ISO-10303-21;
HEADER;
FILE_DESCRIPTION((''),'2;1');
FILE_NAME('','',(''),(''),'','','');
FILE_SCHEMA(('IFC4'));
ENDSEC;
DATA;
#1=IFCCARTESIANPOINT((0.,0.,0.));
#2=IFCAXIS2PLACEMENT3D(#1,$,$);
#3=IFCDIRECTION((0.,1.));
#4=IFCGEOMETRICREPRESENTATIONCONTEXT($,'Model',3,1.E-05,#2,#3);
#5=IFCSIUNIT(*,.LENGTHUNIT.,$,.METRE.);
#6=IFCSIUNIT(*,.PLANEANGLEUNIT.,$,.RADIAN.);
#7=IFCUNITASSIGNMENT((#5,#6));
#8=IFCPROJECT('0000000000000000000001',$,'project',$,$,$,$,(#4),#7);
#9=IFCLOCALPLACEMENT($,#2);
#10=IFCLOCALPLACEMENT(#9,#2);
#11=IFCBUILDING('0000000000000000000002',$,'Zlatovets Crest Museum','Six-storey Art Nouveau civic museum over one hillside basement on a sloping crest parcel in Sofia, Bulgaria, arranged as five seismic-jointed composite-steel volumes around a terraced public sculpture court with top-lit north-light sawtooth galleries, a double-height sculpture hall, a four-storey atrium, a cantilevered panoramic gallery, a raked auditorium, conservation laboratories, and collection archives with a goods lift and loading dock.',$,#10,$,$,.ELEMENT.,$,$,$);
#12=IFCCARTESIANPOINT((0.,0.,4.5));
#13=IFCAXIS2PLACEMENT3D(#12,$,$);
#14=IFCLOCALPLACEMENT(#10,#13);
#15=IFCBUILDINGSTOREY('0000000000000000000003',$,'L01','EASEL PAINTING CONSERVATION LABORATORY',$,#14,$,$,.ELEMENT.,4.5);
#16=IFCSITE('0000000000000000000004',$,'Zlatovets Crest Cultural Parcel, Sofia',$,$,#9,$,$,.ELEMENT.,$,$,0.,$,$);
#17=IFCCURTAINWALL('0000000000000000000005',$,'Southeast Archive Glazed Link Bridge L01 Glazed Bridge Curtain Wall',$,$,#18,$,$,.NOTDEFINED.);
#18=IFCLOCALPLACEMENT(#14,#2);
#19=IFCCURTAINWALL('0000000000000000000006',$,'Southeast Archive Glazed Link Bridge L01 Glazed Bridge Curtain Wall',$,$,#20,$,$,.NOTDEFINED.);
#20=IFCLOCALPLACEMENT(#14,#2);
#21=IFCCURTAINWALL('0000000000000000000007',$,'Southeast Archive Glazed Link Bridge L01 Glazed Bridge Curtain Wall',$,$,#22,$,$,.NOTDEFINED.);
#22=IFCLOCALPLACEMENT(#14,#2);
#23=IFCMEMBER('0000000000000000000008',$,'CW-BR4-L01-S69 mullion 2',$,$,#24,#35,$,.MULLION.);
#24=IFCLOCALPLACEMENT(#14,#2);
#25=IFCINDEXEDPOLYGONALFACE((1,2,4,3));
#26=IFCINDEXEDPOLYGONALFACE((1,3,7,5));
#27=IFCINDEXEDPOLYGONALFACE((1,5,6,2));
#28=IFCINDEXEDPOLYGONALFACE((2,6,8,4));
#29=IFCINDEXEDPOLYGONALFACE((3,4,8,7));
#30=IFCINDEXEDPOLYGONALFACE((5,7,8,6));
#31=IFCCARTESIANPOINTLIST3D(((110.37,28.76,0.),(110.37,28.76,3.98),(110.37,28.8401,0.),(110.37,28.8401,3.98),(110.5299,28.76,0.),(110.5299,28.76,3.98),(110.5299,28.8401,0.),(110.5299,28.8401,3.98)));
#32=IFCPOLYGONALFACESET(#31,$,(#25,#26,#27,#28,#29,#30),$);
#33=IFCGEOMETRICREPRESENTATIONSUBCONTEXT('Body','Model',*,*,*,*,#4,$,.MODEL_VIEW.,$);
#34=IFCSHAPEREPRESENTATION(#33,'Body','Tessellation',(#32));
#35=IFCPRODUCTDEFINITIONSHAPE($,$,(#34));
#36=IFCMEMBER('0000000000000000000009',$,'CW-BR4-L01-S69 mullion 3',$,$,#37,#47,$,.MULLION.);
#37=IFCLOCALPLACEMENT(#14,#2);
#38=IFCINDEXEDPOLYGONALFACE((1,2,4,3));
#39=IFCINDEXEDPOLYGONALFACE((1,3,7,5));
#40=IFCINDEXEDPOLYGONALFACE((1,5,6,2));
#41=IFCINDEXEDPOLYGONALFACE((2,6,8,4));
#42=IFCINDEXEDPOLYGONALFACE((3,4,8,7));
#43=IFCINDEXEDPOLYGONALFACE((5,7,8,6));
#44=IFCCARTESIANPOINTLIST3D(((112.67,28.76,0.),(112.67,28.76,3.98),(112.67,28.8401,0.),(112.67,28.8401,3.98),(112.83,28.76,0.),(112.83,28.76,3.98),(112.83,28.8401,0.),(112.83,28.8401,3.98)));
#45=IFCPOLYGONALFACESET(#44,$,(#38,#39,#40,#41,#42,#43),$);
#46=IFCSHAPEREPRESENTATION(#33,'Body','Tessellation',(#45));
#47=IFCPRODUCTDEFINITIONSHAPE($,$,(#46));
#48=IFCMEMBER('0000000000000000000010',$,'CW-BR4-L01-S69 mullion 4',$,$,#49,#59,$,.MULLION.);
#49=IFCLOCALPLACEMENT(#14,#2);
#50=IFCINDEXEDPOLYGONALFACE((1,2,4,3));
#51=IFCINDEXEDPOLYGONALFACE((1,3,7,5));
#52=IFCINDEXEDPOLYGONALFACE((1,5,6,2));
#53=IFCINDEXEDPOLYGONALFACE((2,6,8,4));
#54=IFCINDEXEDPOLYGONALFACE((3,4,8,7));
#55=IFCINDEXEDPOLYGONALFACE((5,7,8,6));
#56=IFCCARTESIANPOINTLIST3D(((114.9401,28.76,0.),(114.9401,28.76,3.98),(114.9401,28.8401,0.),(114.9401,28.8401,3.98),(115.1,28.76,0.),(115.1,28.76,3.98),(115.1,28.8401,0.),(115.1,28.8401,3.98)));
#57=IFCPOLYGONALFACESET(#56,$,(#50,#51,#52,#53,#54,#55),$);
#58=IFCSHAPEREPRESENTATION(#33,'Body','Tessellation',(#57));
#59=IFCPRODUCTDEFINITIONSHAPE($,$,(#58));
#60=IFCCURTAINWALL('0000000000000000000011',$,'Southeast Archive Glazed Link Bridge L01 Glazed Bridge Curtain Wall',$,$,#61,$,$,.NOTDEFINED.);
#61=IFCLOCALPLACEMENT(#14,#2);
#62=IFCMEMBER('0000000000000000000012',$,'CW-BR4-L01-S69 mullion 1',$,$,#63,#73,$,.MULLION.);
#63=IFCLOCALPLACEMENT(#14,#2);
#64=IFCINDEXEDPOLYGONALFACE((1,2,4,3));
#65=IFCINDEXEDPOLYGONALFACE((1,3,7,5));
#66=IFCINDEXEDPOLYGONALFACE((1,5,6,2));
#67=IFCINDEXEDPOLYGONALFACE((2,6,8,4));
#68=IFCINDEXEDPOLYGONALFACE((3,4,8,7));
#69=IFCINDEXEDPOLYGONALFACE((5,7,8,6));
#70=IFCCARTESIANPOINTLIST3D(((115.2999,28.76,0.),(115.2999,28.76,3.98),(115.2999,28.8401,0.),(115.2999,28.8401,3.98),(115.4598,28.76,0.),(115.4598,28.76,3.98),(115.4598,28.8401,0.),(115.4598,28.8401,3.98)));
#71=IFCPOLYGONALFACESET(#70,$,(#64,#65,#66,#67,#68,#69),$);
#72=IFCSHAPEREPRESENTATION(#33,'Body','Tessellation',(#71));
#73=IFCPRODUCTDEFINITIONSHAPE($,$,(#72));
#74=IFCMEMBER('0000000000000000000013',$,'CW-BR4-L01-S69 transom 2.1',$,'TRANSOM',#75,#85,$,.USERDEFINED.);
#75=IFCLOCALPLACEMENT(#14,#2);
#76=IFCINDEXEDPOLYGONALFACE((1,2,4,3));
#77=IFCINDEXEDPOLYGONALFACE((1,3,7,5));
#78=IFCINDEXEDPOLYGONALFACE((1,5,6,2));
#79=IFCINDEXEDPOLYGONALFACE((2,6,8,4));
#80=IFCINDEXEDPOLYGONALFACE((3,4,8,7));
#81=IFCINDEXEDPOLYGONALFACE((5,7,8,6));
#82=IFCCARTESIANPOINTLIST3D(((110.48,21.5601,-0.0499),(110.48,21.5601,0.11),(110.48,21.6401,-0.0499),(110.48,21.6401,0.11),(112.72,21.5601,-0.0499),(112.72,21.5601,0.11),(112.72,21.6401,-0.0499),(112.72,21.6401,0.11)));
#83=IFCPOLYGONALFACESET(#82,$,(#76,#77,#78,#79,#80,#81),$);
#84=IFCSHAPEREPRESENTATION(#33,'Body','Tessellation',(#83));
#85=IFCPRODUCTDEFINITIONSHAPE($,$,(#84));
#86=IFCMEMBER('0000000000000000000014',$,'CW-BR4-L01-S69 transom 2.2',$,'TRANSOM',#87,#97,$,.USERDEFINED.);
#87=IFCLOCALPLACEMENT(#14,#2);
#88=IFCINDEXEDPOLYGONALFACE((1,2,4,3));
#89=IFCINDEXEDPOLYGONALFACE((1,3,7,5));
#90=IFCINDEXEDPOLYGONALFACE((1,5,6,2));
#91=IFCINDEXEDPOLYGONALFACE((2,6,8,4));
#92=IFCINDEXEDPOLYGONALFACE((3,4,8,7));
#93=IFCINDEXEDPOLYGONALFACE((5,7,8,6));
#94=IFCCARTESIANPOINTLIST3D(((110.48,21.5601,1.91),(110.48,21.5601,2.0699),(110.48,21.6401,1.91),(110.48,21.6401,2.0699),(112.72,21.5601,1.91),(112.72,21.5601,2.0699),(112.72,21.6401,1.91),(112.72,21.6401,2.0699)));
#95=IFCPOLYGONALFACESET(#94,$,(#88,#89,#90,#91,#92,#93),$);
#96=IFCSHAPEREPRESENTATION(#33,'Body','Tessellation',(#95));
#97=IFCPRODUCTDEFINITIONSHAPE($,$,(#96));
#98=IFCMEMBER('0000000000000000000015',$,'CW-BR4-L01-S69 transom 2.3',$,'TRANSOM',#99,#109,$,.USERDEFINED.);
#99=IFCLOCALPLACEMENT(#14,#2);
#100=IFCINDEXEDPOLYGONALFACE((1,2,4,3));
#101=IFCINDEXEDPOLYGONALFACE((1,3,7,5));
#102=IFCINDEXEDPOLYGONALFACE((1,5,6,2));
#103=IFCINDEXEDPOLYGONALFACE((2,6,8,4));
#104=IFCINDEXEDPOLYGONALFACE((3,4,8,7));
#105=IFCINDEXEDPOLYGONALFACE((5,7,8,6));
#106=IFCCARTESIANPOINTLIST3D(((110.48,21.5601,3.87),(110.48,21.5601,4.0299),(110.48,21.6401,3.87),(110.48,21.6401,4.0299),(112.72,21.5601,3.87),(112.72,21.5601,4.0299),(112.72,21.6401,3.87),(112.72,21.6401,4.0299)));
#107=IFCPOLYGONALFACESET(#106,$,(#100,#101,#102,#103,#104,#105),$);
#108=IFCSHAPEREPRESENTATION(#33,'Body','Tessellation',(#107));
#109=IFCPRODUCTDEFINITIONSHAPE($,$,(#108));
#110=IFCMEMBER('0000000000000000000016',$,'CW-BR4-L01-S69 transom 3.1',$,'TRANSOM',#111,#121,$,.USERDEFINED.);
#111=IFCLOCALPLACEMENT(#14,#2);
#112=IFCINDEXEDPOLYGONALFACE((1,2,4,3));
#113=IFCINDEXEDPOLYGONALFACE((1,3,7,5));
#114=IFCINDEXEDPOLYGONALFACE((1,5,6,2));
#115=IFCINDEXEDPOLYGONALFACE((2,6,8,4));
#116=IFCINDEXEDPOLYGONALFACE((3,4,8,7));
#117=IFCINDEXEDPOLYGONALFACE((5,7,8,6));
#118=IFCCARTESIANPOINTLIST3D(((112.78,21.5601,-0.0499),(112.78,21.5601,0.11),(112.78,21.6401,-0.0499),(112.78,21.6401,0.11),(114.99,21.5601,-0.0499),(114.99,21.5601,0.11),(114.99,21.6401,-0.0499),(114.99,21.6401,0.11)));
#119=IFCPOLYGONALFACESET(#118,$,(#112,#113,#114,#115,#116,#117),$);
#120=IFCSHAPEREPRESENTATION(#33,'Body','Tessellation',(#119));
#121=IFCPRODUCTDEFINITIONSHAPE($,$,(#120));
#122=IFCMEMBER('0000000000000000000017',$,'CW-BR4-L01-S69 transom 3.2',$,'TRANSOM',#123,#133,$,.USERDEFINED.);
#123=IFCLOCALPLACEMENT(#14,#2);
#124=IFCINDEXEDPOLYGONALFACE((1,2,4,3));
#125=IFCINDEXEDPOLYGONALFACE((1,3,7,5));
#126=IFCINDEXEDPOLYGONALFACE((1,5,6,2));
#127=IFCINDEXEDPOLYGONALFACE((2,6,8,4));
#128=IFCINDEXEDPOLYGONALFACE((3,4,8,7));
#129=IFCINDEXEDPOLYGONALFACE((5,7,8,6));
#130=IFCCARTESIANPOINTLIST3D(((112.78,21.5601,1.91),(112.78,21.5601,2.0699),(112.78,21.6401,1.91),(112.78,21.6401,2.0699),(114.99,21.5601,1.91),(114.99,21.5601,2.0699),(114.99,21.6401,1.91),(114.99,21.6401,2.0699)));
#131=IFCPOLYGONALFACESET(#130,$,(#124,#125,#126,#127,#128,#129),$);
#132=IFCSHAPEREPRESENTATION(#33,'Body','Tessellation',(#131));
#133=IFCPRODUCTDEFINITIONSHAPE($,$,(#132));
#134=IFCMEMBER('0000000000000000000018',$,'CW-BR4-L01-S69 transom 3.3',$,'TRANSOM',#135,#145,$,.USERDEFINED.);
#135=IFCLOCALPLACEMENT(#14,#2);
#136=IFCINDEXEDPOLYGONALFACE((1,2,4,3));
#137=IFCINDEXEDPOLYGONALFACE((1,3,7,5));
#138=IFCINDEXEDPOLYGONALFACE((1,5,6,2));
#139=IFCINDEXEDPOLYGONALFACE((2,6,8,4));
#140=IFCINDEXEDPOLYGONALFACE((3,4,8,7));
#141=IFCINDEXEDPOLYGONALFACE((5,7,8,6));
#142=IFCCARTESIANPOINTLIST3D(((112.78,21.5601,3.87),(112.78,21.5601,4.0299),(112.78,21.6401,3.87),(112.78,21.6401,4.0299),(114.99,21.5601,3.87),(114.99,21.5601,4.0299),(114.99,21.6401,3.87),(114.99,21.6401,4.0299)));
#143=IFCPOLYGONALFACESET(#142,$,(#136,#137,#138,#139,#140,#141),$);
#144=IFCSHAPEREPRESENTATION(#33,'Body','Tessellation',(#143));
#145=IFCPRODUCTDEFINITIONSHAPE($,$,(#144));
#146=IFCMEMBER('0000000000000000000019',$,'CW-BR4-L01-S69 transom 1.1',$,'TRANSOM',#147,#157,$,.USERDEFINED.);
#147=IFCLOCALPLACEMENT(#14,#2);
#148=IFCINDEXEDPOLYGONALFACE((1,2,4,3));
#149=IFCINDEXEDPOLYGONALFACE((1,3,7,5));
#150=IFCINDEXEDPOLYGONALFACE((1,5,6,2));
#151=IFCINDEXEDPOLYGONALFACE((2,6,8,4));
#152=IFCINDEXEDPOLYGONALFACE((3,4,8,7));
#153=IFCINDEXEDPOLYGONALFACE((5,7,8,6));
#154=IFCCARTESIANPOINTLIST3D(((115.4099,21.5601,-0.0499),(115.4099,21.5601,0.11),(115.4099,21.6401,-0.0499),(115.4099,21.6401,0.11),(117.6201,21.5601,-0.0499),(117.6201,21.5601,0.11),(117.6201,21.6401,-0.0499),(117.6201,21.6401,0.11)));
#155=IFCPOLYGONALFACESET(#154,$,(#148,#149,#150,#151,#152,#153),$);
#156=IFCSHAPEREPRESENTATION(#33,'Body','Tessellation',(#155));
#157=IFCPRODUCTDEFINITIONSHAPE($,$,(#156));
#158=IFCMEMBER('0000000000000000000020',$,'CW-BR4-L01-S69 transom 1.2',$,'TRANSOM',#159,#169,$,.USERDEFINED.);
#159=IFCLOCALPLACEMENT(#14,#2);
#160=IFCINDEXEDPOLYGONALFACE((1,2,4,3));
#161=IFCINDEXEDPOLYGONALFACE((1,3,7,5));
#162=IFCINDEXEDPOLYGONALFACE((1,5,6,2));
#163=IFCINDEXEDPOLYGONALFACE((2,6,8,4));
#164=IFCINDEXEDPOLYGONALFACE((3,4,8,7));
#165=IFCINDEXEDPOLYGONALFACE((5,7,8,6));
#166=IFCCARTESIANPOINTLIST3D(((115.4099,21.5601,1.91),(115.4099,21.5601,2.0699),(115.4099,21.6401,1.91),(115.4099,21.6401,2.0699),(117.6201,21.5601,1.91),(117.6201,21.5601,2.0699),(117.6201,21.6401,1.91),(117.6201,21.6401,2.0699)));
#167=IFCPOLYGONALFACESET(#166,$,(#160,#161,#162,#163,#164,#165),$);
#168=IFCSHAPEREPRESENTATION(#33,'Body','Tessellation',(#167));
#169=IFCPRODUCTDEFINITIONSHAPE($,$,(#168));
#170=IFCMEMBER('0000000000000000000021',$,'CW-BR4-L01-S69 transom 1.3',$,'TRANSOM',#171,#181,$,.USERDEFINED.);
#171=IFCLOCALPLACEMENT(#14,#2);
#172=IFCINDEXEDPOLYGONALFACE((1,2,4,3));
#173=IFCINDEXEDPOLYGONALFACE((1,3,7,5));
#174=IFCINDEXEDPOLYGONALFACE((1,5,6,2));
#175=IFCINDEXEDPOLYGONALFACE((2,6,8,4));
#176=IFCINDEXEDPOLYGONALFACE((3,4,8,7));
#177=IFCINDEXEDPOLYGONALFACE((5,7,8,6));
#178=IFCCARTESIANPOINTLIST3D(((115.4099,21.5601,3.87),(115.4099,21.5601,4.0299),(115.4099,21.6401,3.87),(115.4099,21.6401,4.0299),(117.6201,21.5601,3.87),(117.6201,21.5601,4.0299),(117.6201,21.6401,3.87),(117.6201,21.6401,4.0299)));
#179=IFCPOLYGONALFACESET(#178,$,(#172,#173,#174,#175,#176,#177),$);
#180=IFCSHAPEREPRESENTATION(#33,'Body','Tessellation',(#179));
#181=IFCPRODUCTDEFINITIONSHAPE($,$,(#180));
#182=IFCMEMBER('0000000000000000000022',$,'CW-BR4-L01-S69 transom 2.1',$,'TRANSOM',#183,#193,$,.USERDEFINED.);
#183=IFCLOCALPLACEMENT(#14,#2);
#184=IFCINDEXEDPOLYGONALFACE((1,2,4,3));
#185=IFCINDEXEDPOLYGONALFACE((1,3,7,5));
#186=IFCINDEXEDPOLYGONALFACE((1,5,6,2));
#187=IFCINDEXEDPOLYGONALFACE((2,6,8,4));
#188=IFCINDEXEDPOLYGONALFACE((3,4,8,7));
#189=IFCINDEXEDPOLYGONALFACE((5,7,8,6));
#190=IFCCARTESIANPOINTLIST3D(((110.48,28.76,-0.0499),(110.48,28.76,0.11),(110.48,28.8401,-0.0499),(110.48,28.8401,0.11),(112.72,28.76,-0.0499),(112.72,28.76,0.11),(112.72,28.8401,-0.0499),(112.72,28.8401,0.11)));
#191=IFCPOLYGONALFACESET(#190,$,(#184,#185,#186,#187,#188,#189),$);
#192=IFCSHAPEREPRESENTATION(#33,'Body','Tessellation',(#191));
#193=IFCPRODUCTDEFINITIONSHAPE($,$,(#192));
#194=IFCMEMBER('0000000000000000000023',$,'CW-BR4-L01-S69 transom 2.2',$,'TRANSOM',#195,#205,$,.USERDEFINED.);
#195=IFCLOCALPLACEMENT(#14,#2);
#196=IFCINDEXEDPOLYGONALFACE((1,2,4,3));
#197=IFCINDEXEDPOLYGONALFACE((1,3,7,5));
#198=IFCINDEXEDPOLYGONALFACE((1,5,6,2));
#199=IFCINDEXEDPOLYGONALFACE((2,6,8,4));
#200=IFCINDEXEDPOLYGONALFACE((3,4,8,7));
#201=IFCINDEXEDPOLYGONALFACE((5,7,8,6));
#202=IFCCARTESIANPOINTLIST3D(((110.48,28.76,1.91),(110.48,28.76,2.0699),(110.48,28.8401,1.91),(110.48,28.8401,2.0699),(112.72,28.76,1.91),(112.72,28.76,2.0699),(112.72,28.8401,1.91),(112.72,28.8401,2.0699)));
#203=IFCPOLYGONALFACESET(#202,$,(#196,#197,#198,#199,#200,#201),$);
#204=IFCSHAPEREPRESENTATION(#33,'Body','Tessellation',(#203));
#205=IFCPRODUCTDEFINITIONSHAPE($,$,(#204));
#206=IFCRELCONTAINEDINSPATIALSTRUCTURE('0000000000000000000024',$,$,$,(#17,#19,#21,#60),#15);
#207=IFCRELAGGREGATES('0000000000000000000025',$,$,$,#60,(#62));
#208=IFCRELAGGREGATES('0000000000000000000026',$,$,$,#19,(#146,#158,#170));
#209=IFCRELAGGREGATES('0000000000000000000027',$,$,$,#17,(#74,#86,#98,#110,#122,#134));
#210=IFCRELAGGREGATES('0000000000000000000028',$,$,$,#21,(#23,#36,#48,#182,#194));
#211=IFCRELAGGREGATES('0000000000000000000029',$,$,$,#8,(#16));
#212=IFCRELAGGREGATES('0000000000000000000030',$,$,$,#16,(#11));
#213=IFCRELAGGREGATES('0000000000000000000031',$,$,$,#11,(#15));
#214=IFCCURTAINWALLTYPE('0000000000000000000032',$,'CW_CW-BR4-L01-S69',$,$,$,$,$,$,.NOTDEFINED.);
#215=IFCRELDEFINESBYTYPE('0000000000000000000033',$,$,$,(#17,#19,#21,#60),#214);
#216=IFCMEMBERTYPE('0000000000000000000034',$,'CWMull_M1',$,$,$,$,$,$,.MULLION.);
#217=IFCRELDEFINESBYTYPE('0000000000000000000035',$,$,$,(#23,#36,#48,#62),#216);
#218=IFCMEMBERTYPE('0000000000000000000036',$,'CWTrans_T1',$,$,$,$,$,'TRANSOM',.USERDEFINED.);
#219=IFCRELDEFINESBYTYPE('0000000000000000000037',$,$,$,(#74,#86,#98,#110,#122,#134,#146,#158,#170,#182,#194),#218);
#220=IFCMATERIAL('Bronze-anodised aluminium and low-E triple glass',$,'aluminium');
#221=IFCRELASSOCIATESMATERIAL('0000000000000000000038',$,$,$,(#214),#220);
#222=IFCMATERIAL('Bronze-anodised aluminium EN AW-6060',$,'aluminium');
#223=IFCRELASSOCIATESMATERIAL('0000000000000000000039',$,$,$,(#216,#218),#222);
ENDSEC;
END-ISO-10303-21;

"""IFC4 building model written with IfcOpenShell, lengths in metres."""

from ifc_helpers import new_model, si_unit, direction, frame, origin, origin_2d, place, context, subcontext, project, spatial, rectangle, extrude, material, material_profile, profile_set, type_object, element, aggregate, save


model = new_model("IFC4")

# Units and contexts
model_context = context("Model", 3, precision=1e-05, world=origin(), true_north=direction((0.0, 1.0)))
body_context = subcontext(model_context, "Body", "Model", "MODEL_VIEW")
ifc_project = project(units=[si_unit("LENGTHUNIT", "METRE"), si_unit("PLANEANGLEUNIT", "RADIAN")], contexts=[model_context])

# Site, building, storey
site_placement = place(None, origin())
site = spatial("IfcSite", under=ifc_project, at=site_placement, Name="Zlatovets Crest Cultural Parcel, Sofia", CompositionType="ELEMENT", RefElevation=0.0)
building_placement = place(site_placement, origin())
building = spatial("IfcBuilding", under=site, at=building_placement, Name="Zlatovets Crest Museum", Description="Six-storey Art Nouveau civic museum over one hillside basement on a sloping crest parcel in Sofia, Bulgaria, arranged as five seismic-jointed composite-steel volumes around a terraced public sculpture court with top-lit north-light sawtooth galleries, a double-height sculpture hall, a four-storey atrium, a cantilevered panoramic gallery, a raked auditorium, conservation laboratories, and collection archives with a goods lift and loading dock.", CompositionType="ELEMENT")
storey_placement = place(building_placement, frame((0.0, 0.0, 4.5)))
storey = spatial("IfcBuildingStorey", under=building, at=storey_placement, Name="L01", Description="EASEL PAINTING CONSERVATION LABORATORY", CompositionType="ELEMENT", Elevation=4.5)

# Curtain wall
ifc_material_1 = material(Name="Bronze-anodised aluminium and low-E triple glass", Category="aluminium")
curtain_wall_type = type_object("IfcCurtainWallType", Name="CW_CW-BR4-L01-S69", PredefinedType="NOTDEFINED", material=ifc_material_1)
curtain_wall_1_placement = place(storey_placement, origin())
curtain_wall_1 = element("IfcCurtainWall", 1, at=curtain_wall_1_placement, inside=storey, type_object=curtain_wall_type, Name="Southeast Archive Glazed Link Bridge L01 Glazed Bridge Curtain Wall", PredefinedType="NOTDEFINED")
ifc_material_2 = material(Name="Bronze-anodised aluminium EN AW-6060", Category="aluminium")
ifc_material_profile_1 = material_profile(ifc_material_2, rectangle(XDim=0.0801, YDim=0.1599, at=origin_2d()), Name="ALU 80x160")
ifc_profile_set_1 = profile_set([ifc_material_profile_1], Name="Bronze-anodised aluminium EN AW-6060")
member_type_1 = type_object("IfcMemberType", Name="CWMull_M1", PredefinedType="MULLION", material=ifc_profile_set_1)

# Curtain wall
curtain_wall_2_placement = place(storey_placement, origin())
curtain_wall_2 = element("IfcCurtainWall", 2, at=curtain_wall_2_placement, inside=storey, type_object=curtain_wall_type, Name="Southeast Archive Glazed Link Bridge L01 Glazed Bridge Curtain Wall", PredefinedType="NOTDEFINED")

# Curtain wall, members
curtain_wall_3_placement = place(storey_placement, origin())
curtain_wall_3 = element("IfcCurtainWall", 3, at=curtain_wall_3_placement, inside=storey, type_object=curtain_wall_type, Name="Southeast Archive Glazed Link Bridge L01 Glazed Bridge Curtain Wall", PredefinedType="NOTDEFINED")
member_1_placement = place(storey_placement, frame((110.45, 28.8, 0.0), z_axis=(0.0, 0.0, 1.0), x_axis=(0.0, 1.0, 0.0)))
member_1 = element("IfcMember", 4, at=member_1_placement, type_object=member_type_1, Name="CW-BR4-L01-S69 mullion 2", PredefinedType="MULLION", context=body_context, shape_type="SweptSolid", body=[
    extrude(rectangle(XDim=0.0801, YDim=0.1599, at=origin_2d()), origin(), (0.0, 0.0, 1.0), 3.98),
])
member_2_placement = place(storey_placement, frame((112.75, 28.8, 0.0), z_axis=(0.0, 0.0, 1.0), x_axis=(0.0, 1.0, 0.0)))
member_2 = element("IfcMember", 5, at=member_2_placement, type_object=member_type_1, Name="CW-BR4-L01-S69 mullion 3", PredefinedType="MULLION", context=body_context, shape_type="SweptSolid", body=[
    extrude(rectangle(XDim=0.0801, YDim=0.1599, at=origin_2d()), origin(), (0.0, 0.0, 1.0), 3.98),
])
member_3_placement = place(storey_placement, frame((115.02, 28.8, 0.0), z_axis=(0.0, 0.0, 1.0), x_axis=(0.0, 1.0, 0.0)))
member_3 = element("IfcMember", 6, at=member_3_placement, type_object=member_type_1, Name="CW-BR4-L01-S69 mullion 4", PredefinedType="MULLION", context=body_context, shape_type="SweptSolid", body=[
    extrude(rectangle(XDim=0.0801, YDim=0.1599, at=origin_2d()), origin(), (0.0, 0.0, 1.0), 3.98),
])

# Curtain wall, member
curtain_wall_4_placement = place(storey_placement, origin())
curtain_wall_4 = element("IfcCurtainWall", 7, at=curtain_wall_4_placement, inside=storey, type_object=curtain_wall_type, Name="Southeast Archive Glazed Link Bridge L01 Glazed Bridge Curtain Wall", PredefinedType="NOTDEFINED")
member_4_placement = place(storey_placement, frame((115.3799, 28.8, 0.0), z_axis=(0.0, 0.0, 1.0), x_axis=(0.0, 1.0, 0.0)))
member_4 = element("IfcMember", 8, at=member_4_placement, type_object=member_type_1, Name="CW-BR4-L01-S69 mullion 1", PredefinedType="MULLION", context=body_context, shape_type="SweptSolid", body=[
    extrude(rectangle(XDim=0.0801, YDim=0.1599, at=origin_2d()), origin(), (0.0, 0.0, 1.0), 3.98),
])
aggregate(curtain_wall_4, [member_4])

# Members
ifc_material_profile_2 = material_profile(ifc_material_2, rectangle(XDim=0.0801, YDim=0.1599, at=origin_2d()), Name="ALU 80x160")
ifc_profile_set_2 = profile_set([ifc_material_profile_2], Name="Bronze-anodised aluminium EN AW-6060")
member_type_2 = type_object("IfcMemberType", Name="CWTrans_T1", ElementType="TRANSOM", PredefinedType="USERDEFINED", material=ifc_profile_set_2)
member_5_placement = place(storey_placement, frame((110.48, 21.6001, 0.03), z_axis=(1.0, 0.0, 0.0), x_axis=(0.0, 1.0, 0.0)))
member_5 = element("IfcMember", 9, at=member_5_placement, type_object=member_type_2, Name="CW-BR4-L01-S69 transom 2.1", ObjectType="TRANSOM", PredefinedType="USERDEFINED", context=body_context, shape_type="SweptSolid", body=[
    extrude(rectangle(XDim=0.0801, YDim=0.1599, at=origin_2d()), origin(), (0.0, 0.0, 1.0), 2.24),
])
member_6_placement = place(storey_placement, frame((110.48, 21.6001, 1.99), z_axis=(1.0, 0.0, 0.0), x_axis=(0.0, 1.0, 0.0)))
member_6 = element("IfcMember", 10, at=member_6_placement, type_object=member_type_2, Name="CW-BR4-L01-S69 transom 2.2", ObjectType="TRANSOM", PredefinedType="USERDEFINED", context=body_context, shape_type="SweptSolid", body=[
    extrude(rectangle(XDim=0.0801, YDim=0.1599, at=origin_2d()), origin(), (0.0, 0.0, 1.0), 2.24),
])
member_7_placement = place(storey_placement, frame((110.48, 21.6001, 3.95), z_axis=(1.0, 0.0, 0.0), x_axis=(0.0, 1.0, 0.0)))
member_7 = element("IfcMember", 11, at=member_7_placement, type_object=member_type_2, Name="CW-BR4-L01-S69 transom 2.3", ObjectType="TRANSOM", PredefinedType="USERDEFINED", context=body_context, shape_type="SweptSolid", body=[
    extrude(rectangle(XDim=0.0801, YDim=0.1599, at=origin_2d()), origin(), (0.0, 0.0, 1.0), 2.24),
])
member_8_placement = place(storey_placement, frame((112.78, 21.6001, 0.03), z_axis=(1.0, 0.0, 0.0), x_axis=(0.0, 1.0, 0.0)))
member_8 = element("IfcMember", 12, at=member_8_placement, type_object=member_type_2, Name="CW-BR4-L01-S69 transom 3.1", ObjectType="TRANSOM", PredefinedType="USERDEFINED", context=body_context, shape_type="SweptSolid", body=[
    extrude(rectangle(XDim=0.0801, YDim=0.1599, at=origin_2d()), origin(), (0.0, 0.0, 1.0), 2.21),
])
member_9_placement = place(storey_placement, frame((112.78, 21.6001, 1.99), z_axis=(1.0, 0.0, 0.0), x_axis=(0.0, 1.0, 0.0)))
member_9 = element("IfcMember", 13, at=member_9_placement, type_object=member_type_2, Name="CW-BR4-L01-S69 transom 3.2", ObjectType="TRANSOM", PredefinedType="USERDEFINED", context=body_context, shape_type="SweptSolid", body=[
    extrude(rectangle(XDim=0.0801, YDim=0.1599, at=origin_2d()), origin(), (0.0, 0.0, 1.0), 2.21),
])
member_10_placement = place(storey_placement, frame((112.78, 21.6001, 3.95), z_axis=(1.0, 0.0, 0.0), x_axis=(0.0, 1.0, 0.0)))
member_10 = element("IfcMember", 14, at=member_10_placement, type_object=member_type_2, Name="CW-BR4-L01-S69 transom 3.3", ObjectType="TRANSOM", PredefinedType="USERDEFINED", context=body_context, shape_type="SweptSolid", body=[
    extrude(rectangle(XDim=0.0801, YDim=0.1599, at=origin_2d()), origin(), (0.0, 0.0, 1.0), 2.21),
])
member_11_placement = place(storey_placement, frame((115.4099, 21.6001, 0.03), z_axis=(1.0, 0.0, 0.0), x_axis=(0.0, 1.0, 0.0)))
member_11 = element("IfcMember", 15, at=member_11_placement, type_object=member_type_2, Name="CW-BR4-L01-S69 transom 1.1", ObjectType="TRANSOM", PredefinedType="USERDEFINED", context=body_context, shape_type="SweptSolid", body=[
    extrude(rectangle(XDim=0.0801, YDim=0.1599, at=origin_2d()), origin(), (0.0, 0.0, 1.0), 2.2102),
])
member_12_placement = place(storey_placement, frame((115.4099, 21.6001, 1.99), z_axis=(1.0, 0.0, 0.0), x_axis=(0.0, 1.0, 0.0)))
member_12 = element("IfcMember", 16, at=member_12_placement, type_object=member_type_2, Name="CW-BR4-L01-S69 transom 1.2", ObjectType="TRANSOM", PredefinedType="USERDEFINED", context=body_context, shape_type="SweptSolid", body=[
    extrude(rectangle(XDim=0.0801, YDim=0.1599, at=origin_2d()), origin(), (0.0, 0.0, 1.0), 2.2102),
])
member_13_placement = place(storey_placement, frame((115.4099, 21.6001, 3.95), z_axis=(1.0, 0.0, 0.0), x_axis=(0.0, 1.0, 0.0)))
member_13 = element("IfcMember", 17, at=member_13_placement, type_object=member_type_2, Name="CW-BR4-L01-S69 transom 1.3", ObjectType="TRANSOM", PredefinedType="USERDEFINED", context=body_context, shape_type="SweptSolid", body=[
    extrude(rectangle(XDim=0.0801, YDim=0.1599, at=origin_2d()), origin(), (0.0, 0.0, 1.0), 2.2102),
])
aggregate(curtain_wall_2, [member_11, member_12, member_13])
member_14_placement = place(storey_placement, frame((110.48, 28.8, 0.03), z_axis=(1.0, 0.0, 0.0), x_axis=(0.0, 1.0, 0.0)))
member_14 = element("IfcMember", 18, at=member_14_placement, type_object=member_type_2, Name="CW-BR4-L01-S69 transom 2.1", ObjectType="TRANSOM", PredefinedType="USERDEFINED", context=body_context, shape_type="SweptSolid", body=[
    extrude(rectangle(XDim=0.0801, YDim=0.1599, at=origin_2d()), origin(), (0.0, 0.0, 1.0), 2.24),
])
member_15_placement = place(storey_placement, frame((110.48, 28.8, 1.99), z_axis=(1.0, 0.0, 0.0), x_axis=(0.0, 1.0, 0.0)))
member_15 = element("IfcMember", 19, at=member_15_placement, type_object=member_type_2, Name="CW-BR4-L01-S69 transom 2.2", ObjectType="TRANSOM", PredefinedType="USERDEFINED", context=body_context, shape_type="SweptSolid", body=[
    extrude(rectangle(XDim=0.0801, YDim=0.1599, at=origin_2d()), origin(), (0.0, 0.0, 1.0), 2.24),
])

aggregate(curtain_wall_1, [member_5, member_6, member_7, member_8, member_9, member_10])
aggregate(curtain_wall_3, [member_1, member_2, member_3, member_14, member_15])

save(model, "model.ifc")
